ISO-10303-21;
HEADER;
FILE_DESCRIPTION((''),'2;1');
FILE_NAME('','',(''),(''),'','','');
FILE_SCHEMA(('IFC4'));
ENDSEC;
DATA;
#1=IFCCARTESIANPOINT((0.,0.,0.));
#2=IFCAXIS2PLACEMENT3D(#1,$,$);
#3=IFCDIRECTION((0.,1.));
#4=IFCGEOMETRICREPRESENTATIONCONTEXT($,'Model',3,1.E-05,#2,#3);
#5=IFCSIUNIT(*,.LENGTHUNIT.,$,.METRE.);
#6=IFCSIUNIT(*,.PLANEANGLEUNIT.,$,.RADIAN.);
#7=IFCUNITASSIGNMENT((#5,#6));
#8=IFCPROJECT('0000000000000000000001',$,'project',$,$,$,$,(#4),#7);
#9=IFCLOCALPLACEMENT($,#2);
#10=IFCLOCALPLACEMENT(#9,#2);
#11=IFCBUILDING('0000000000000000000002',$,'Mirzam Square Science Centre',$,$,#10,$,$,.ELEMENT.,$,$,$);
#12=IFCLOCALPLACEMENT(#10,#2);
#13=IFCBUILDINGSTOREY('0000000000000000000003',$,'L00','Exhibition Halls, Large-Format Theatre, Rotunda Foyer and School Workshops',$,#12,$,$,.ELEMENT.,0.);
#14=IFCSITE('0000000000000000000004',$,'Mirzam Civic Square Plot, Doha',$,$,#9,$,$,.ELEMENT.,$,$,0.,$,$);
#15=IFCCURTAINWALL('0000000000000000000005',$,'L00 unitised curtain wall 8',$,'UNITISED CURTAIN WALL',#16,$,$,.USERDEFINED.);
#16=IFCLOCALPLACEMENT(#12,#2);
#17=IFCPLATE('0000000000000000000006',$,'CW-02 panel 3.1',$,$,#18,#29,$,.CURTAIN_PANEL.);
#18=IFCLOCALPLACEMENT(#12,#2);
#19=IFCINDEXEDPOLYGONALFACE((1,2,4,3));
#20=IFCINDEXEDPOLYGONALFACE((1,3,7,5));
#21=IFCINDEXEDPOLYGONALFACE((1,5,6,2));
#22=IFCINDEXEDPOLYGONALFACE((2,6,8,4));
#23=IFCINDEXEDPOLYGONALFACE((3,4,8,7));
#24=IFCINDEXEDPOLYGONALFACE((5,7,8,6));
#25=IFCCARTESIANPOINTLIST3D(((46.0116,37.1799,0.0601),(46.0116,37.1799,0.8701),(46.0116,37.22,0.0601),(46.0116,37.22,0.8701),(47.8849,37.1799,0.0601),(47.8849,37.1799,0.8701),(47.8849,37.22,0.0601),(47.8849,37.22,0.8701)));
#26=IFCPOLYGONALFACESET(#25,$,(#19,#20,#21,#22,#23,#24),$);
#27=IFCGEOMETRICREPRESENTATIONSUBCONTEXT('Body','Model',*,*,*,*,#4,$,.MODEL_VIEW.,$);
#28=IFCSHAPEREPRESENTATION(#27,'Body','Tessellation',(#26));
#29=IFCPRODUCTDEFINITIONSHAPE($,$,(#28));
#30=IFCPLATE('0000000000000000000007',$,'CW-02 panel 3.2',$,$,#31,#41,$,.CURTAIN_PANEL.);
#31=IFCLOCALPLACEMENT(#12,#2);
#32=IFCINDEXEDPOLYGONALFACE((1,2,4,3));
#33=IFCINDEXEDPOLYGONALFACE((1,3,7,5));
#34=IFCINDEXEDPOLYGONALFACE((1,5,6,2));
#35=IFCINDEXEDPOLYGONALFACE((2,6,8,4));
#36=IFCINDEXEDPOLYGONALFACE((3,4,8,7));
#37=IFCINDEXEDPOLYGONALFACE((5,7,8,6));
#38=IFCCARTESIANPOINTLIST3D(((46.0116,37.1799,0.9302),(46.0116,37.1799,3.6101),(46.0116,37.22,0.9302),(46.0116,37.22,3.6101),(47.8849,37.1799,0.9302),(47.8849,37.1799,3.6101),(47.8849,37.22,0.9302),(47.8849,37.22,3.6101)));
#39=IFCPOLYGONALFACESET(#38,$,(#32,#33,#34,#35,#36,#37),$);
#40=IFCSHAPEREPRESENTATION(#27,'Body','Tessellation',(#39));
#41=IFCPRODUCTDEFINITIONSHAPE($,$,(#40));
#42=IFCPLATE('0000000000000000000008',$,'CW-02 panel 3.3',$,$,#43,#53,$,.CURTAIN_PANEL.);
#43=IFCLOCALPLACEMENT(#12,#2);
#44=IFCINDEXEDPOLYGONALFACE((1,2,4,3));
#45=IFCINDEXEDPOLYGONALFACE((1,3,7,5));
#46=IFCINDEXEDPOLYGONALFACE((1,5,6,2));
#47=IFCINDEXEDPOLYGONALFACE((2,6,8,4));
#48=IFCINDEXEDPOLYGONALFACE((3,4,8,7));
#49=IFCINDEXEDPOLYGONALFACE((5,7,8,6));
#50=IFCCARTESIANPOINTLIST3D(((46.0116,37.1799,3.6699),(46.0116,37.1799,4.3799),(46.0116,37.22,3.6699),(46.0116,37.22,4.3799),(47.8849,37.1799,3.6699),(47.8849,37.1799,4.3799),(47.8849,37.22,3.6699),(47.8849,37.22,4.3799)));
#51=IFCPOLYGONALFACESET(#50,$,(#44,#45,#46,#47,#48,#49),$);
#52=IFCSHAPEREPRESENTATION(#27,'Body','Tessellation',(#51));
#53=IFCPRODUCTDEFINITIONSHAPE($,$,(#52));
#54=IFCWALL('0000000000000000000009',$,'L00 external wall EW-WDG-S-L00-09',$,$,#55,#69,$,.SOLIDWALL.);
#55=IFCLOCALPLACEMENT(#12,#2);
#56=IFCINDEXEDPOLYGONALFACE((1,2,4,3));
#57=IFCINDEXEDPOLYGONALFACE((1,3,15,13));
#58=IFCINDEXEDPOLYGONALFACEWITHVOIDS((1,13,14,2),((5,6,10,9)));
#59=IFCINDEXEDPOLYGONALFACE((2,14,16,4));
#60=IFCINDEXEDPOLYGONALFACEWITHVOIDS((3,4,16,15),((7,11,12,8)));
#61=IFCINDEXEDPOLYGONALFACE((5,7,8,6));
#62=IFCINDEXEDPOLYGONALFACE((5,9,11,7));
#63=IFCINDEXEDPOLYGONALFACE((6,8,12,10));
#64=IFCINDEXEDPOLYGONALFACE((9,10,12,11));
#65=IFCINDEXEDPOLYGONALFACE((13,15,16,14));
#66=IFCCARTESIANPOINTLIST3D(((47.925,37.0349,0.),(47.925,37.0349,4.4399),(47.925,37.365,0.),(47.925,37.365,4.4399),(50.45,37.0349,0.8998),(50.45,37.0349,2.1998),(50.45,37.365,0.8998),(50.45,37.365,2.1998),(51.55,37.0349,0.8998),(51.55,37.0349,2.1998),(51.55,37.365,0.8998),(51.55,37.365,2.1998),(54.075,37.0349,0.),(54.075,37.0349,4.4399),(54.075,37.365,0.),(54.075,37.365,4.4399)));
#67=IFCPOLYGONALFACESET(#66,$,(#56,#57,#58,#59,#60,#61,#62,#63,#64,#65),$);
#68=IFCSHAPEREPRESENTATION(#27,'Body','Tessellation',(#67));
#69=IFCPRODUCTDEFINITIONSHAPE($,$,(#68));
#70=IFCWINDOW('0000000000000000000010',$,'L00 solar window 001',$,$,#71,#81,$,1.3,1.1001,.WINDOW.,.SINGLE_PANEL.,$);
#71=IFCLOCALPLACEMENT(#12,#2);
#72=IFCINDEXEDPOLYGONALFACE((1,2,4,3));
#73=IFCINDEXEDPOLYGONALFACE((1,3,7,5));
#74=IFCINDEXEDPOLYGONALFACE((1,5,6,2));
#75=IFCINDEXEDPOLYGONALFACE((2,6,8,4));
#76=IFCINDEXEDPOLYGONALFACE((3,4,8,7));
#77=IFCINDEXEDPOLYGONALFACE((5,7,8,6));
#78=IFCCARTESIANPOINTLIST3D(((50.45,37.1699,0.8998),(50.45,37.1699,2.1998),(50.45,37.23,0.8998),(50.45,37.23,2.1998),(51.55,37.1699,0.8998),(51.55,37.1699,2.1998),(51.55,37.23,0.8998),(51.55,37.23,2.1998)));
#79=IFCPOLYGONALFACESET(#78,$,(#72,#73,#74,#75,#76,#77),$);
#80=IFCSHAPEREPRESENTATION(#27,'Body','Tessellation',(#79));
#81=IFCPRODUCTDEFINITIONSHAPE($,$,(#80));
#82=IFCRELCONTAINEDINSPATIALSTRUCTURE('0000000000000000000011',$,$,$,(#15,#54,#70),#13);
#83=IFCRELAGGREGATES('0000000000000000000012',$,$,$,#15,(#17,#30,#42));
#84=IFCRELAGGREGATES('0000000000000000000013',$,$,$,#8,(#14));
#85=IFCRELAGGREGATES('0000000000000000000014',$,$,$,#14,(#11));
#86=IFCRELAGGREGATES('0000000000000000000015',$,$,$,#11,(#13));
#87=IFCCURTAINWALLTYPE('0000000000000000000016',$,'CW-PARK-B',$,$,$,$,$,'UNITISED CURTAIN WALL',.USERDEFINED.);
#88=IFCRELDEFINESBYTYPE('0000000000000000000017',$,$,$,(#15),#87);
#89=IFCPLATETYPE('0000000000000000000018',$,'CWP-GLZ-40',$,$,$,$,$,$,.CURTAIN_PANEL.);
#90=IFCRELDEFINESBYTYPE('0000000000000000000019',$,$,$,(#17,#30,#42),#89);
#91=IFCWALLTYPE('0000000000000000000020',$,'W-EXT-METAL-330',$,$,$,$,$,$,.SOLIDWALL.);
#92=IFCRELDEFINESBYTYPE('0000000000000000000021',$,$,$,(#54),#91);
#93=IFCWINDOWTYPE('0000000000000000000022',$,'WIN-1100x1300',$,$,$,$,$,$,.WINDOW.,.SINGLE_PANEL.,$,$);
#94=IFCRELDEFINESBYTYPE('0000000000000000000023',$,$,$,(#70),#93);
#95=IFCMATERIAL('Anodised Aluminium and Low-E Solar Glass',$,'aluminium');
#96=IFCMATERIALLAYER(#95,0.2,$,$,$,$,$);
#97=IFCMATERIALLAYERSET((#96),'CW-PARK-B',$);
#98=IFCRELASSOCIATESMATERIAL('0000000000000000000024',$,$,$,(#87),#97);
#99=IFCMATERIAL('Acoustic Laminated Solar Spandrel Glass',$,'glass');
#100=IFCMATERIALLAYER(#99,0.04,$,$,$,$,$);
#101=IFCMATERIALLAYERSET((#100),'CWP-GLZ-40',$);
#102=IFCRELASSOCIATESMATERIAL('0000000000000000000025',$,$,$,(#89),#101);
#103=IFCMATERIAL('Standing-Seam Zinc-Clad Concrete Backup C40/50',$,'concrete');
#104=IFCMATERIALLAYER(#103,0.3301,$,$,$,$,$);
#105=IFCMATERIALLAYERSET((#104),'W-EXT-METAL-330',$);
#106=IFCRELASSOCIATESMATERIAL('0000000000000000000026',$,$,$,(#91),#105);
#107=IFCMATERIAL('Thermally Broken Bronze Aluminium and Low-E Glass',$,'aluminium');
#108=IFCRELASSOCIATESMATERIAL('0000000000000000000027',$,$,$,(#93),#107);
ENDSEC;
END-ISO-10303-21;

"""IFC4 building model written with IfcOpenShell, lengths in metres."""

from ifc_helpers import new_model, si_unit, direction, frame, frame_2d, origin, origin_2d, place, context, subcontext, project, spatial, rectangle, extrude, material, layer, layer_set, type_object, element, fill, aggregate, save


model = new_model("IFC4")

# Units and contexts
model_context = context("Model", 3, precision=1e-05, world=origin(), true_north=direction((0.0, 1.0)))
body_context = subcontext(model_context, "Body", "Model", "MODEL_VIEW")
ifc_project = project(units=[si_unit("LENGTHUNIT", "METRE"), si_unit("PLANEANGLEUNIT", "RADIAN")], contexts=[model_context])

# Site, building, storey
site_placement = place(None, origin())
site = spatial("IfcSite", under=ifc_project, at=site_placement, Name="Mirzam Civic Square Plot, Doha", CompositionType="ELEMENT", RefElevation=0.0)
building_placement = place(site_placement, origin())
building = spatial("IfcBuilding", under=site, at=building_placement, Name="Mirzam Square Science Centre", CompositionType="ELEMENT")
storey_placement = place(building_placement, origin())
storey = spatial("IfcBuildingStorey", under=building, at=storey_placement, Name="L00", Description="Exhibition Halls, Large-Format Theatre, Rotunda Foyer and School Workshops", CompositionType="ELEMENT", Elevation=0.0)

# Curtain wall
ifc_material_1 = material(Name="Anodised Aluminium and Low-E Solar Glass", Category="aluminium")
ifc_layer_1 = layer(ifc_material_1, 0.2)
ifc_layer_set_1 = layer_set([ifc_layer_1], Name="CW-PARK-B")
curtain_wall_type = type_object("IfcCurtainWallType", Name="CW-PARK-B", ElementType="UNITISED CURTAIN WALL", PredefinedType="USERDEFINED", material=ifc_layer_set_1)
curtain_wall_placement = place(storey_placement, origin())
curtain_wall = element("IfcCurtainWall", 1, at=curtain_wall_placement, inside=storey, type_object=curtain_wall_type, Name="L00 unitised curtain wall 8", ObjectType="UNITISED CURTAIN WALL", PredefinedType="USERDEFINED")

# Plates
ifc_material_2 = material(Name="Acoustic Laminated Solar Spandrel Glass", Category="glass")
ifc_layer_2 = layer(ifc_material_2, 0.04)
ifc_layer_set_2 = layer_set([ifc_layer_2], Name="CWP-GLZ-40")
plate_type = type_object("IfcPlateType", Name="CWP-GLZ-40", PredefinedType="CURTAIN_PANEL", material=ifc_layer_set_2)
plate_1_placement = place(storey_placement, frame((46.9482, 37.2, 0.0601), z_axis=(0.0, 0.0, 1.0), x_axis=(1.0, 0.0, 0.0)))
plate_1 = element("IfcPlate", 2, at=plate_1_placement, type_object=plate_type, Name="CW-02 panel 3.1", PredefinedType="CURTAIN_PANEL", context=body_context, shape_type="SweptSolid", body=[
    extrude(rectangle(XDim=1.8733, YDim=0.04, at=origin_2d()), origin(), (0.0, 0.0, 1.0), 0.8101),
])
plate_2_placement = place(storey_placement, frame((46.9482, 37.2, 0.9302), z_axis=(0.0, 0.0, 1.0), x_axis=(1.0, 0.0, 0.0)))
plate_2 = element("IfcPlate", 3, at=plate_2_placement, type_object=plate_type, Name="CW-02 panel 3.2", PredefinedType="CURTAIN_PANEL", context=body_context, shape_type="SweptSolid", body=[
    extrude(rectangle(XDim=1.8733, YDim=0.04, at=origin_2d()), origin(), (0.0, 0.0, 1.0), 2.6799),
])
plate_3_placement = place(storey_placement, frame((46.9482, 37.2, 3.6699), z_axis=(0.0, 0.0, 1.0), x_axis=(1.0, 0.0, 0.0)))
plate_3 = element("IfcPlate", 4, at=plate_3_placement, type_object=plate_type, Name="CW-02 panel 3.3", PredefinedType="CURTAIN_PANEL", context=body_context, shape_type="SweptSolid", body=[
    extrude(rectangle(XDim=1.8733, YDim=0.04, at=origin_2d()), origin(), (0.0, 0.0, 1.0), 0.71),
])
aggregate(curtain_wall, [plate_1, plate_2, plate_3])

# Wall, opening, window
ifc_material_3 = material(Name="Standing-Seam Zinc-Clad Concrete Backup C40/50", Category="concrete")
ifc_layer_3 = layer(ifc_material_3, 0.3301)
ifc_layer_set_3 = layer_set([ifc_layer_3], Name="W-EXT-METAL-330")
wall_type = type_object("IfcWallType", Name="W-EXT-METAL-330", PredefinedType="SOLIDWALL", material=ifc_layer_set_3)
wall_placement = place(storey_placement, frame((47.925, 37.2, 0.0), z_axis=(0.0, 0.0, 1.0), x_axis=(1.0, 0.0, 0.0)))
wall = element("IfcWall", 5, at=wall_placement, inside=storey, type_object=wall_type, Name="L00 external wall EW-WDG-S-L00-09", PredefinedType="SOLIDWALL", context=body_context, shape_type="SweptSolid", body=[
    extrude(rectangle(XDim=6.1499, YDim=0.3301, at=frame_2d((3.075, 0.0))), origin(), (0.0, 0.0, 1.0), 4.4399),
])
opening_placement = place(wall_placement, frame((2.5249, 0.0, 0.8999)))
opening = element("IfcOpeningElement", 6, at=opening_placement, cuts=wall, PredefinedType="OPENING", context=body_context, shape_type="SweptSolid", body=[
    extrude(rectangle(XDim=1.1001, YDim=1.3, at=frame_2d((0.55, 0.6499))), frame((0.0, 0.175, 0.0), z_axis=(0.0, -1.0, 0.0), x_axis=(1.0, 0.0, 0.0)), (0.0, 0.0, 1.0), 0.3501),
])
ifc_material_4 = material(Name="Thermally Broken Bronze Aluminium and Low-E Glass", Category="aluminium")
window_type = type_object("IfcWindowType", Name="WIN-1100x1300", PartitioningType="SINGLE_PANEL", PredefinedType="WINDOW", material=ifc_material_4)
window_placement = place(opening_placement, origin())
window = element("IfcWindow", 7, at=window_placement, inside=storey, type_object=window_type, Name="L00 solar window 001", OverallHeight=1.3, OverallWidth=1.1001, PartitioningType="SINGLE_PANEL", PredefinedType="WINDOW", context=body_context, shape_type="SweptSolid", body=[
    extrude(rectangle(XDim=1.1001, YDim=1.3, at=frame_2d((0.55, 0.6499))), frame((0.0, 0.03, 0.0), z_axis=(0.0, -1.0, 0.0), x_axis=(1.0, 0.0, 0.0)), (0.0, 0.0, 1.0), 0.0601),
])
fill(opening, window)

save(model, "model.ifc")
